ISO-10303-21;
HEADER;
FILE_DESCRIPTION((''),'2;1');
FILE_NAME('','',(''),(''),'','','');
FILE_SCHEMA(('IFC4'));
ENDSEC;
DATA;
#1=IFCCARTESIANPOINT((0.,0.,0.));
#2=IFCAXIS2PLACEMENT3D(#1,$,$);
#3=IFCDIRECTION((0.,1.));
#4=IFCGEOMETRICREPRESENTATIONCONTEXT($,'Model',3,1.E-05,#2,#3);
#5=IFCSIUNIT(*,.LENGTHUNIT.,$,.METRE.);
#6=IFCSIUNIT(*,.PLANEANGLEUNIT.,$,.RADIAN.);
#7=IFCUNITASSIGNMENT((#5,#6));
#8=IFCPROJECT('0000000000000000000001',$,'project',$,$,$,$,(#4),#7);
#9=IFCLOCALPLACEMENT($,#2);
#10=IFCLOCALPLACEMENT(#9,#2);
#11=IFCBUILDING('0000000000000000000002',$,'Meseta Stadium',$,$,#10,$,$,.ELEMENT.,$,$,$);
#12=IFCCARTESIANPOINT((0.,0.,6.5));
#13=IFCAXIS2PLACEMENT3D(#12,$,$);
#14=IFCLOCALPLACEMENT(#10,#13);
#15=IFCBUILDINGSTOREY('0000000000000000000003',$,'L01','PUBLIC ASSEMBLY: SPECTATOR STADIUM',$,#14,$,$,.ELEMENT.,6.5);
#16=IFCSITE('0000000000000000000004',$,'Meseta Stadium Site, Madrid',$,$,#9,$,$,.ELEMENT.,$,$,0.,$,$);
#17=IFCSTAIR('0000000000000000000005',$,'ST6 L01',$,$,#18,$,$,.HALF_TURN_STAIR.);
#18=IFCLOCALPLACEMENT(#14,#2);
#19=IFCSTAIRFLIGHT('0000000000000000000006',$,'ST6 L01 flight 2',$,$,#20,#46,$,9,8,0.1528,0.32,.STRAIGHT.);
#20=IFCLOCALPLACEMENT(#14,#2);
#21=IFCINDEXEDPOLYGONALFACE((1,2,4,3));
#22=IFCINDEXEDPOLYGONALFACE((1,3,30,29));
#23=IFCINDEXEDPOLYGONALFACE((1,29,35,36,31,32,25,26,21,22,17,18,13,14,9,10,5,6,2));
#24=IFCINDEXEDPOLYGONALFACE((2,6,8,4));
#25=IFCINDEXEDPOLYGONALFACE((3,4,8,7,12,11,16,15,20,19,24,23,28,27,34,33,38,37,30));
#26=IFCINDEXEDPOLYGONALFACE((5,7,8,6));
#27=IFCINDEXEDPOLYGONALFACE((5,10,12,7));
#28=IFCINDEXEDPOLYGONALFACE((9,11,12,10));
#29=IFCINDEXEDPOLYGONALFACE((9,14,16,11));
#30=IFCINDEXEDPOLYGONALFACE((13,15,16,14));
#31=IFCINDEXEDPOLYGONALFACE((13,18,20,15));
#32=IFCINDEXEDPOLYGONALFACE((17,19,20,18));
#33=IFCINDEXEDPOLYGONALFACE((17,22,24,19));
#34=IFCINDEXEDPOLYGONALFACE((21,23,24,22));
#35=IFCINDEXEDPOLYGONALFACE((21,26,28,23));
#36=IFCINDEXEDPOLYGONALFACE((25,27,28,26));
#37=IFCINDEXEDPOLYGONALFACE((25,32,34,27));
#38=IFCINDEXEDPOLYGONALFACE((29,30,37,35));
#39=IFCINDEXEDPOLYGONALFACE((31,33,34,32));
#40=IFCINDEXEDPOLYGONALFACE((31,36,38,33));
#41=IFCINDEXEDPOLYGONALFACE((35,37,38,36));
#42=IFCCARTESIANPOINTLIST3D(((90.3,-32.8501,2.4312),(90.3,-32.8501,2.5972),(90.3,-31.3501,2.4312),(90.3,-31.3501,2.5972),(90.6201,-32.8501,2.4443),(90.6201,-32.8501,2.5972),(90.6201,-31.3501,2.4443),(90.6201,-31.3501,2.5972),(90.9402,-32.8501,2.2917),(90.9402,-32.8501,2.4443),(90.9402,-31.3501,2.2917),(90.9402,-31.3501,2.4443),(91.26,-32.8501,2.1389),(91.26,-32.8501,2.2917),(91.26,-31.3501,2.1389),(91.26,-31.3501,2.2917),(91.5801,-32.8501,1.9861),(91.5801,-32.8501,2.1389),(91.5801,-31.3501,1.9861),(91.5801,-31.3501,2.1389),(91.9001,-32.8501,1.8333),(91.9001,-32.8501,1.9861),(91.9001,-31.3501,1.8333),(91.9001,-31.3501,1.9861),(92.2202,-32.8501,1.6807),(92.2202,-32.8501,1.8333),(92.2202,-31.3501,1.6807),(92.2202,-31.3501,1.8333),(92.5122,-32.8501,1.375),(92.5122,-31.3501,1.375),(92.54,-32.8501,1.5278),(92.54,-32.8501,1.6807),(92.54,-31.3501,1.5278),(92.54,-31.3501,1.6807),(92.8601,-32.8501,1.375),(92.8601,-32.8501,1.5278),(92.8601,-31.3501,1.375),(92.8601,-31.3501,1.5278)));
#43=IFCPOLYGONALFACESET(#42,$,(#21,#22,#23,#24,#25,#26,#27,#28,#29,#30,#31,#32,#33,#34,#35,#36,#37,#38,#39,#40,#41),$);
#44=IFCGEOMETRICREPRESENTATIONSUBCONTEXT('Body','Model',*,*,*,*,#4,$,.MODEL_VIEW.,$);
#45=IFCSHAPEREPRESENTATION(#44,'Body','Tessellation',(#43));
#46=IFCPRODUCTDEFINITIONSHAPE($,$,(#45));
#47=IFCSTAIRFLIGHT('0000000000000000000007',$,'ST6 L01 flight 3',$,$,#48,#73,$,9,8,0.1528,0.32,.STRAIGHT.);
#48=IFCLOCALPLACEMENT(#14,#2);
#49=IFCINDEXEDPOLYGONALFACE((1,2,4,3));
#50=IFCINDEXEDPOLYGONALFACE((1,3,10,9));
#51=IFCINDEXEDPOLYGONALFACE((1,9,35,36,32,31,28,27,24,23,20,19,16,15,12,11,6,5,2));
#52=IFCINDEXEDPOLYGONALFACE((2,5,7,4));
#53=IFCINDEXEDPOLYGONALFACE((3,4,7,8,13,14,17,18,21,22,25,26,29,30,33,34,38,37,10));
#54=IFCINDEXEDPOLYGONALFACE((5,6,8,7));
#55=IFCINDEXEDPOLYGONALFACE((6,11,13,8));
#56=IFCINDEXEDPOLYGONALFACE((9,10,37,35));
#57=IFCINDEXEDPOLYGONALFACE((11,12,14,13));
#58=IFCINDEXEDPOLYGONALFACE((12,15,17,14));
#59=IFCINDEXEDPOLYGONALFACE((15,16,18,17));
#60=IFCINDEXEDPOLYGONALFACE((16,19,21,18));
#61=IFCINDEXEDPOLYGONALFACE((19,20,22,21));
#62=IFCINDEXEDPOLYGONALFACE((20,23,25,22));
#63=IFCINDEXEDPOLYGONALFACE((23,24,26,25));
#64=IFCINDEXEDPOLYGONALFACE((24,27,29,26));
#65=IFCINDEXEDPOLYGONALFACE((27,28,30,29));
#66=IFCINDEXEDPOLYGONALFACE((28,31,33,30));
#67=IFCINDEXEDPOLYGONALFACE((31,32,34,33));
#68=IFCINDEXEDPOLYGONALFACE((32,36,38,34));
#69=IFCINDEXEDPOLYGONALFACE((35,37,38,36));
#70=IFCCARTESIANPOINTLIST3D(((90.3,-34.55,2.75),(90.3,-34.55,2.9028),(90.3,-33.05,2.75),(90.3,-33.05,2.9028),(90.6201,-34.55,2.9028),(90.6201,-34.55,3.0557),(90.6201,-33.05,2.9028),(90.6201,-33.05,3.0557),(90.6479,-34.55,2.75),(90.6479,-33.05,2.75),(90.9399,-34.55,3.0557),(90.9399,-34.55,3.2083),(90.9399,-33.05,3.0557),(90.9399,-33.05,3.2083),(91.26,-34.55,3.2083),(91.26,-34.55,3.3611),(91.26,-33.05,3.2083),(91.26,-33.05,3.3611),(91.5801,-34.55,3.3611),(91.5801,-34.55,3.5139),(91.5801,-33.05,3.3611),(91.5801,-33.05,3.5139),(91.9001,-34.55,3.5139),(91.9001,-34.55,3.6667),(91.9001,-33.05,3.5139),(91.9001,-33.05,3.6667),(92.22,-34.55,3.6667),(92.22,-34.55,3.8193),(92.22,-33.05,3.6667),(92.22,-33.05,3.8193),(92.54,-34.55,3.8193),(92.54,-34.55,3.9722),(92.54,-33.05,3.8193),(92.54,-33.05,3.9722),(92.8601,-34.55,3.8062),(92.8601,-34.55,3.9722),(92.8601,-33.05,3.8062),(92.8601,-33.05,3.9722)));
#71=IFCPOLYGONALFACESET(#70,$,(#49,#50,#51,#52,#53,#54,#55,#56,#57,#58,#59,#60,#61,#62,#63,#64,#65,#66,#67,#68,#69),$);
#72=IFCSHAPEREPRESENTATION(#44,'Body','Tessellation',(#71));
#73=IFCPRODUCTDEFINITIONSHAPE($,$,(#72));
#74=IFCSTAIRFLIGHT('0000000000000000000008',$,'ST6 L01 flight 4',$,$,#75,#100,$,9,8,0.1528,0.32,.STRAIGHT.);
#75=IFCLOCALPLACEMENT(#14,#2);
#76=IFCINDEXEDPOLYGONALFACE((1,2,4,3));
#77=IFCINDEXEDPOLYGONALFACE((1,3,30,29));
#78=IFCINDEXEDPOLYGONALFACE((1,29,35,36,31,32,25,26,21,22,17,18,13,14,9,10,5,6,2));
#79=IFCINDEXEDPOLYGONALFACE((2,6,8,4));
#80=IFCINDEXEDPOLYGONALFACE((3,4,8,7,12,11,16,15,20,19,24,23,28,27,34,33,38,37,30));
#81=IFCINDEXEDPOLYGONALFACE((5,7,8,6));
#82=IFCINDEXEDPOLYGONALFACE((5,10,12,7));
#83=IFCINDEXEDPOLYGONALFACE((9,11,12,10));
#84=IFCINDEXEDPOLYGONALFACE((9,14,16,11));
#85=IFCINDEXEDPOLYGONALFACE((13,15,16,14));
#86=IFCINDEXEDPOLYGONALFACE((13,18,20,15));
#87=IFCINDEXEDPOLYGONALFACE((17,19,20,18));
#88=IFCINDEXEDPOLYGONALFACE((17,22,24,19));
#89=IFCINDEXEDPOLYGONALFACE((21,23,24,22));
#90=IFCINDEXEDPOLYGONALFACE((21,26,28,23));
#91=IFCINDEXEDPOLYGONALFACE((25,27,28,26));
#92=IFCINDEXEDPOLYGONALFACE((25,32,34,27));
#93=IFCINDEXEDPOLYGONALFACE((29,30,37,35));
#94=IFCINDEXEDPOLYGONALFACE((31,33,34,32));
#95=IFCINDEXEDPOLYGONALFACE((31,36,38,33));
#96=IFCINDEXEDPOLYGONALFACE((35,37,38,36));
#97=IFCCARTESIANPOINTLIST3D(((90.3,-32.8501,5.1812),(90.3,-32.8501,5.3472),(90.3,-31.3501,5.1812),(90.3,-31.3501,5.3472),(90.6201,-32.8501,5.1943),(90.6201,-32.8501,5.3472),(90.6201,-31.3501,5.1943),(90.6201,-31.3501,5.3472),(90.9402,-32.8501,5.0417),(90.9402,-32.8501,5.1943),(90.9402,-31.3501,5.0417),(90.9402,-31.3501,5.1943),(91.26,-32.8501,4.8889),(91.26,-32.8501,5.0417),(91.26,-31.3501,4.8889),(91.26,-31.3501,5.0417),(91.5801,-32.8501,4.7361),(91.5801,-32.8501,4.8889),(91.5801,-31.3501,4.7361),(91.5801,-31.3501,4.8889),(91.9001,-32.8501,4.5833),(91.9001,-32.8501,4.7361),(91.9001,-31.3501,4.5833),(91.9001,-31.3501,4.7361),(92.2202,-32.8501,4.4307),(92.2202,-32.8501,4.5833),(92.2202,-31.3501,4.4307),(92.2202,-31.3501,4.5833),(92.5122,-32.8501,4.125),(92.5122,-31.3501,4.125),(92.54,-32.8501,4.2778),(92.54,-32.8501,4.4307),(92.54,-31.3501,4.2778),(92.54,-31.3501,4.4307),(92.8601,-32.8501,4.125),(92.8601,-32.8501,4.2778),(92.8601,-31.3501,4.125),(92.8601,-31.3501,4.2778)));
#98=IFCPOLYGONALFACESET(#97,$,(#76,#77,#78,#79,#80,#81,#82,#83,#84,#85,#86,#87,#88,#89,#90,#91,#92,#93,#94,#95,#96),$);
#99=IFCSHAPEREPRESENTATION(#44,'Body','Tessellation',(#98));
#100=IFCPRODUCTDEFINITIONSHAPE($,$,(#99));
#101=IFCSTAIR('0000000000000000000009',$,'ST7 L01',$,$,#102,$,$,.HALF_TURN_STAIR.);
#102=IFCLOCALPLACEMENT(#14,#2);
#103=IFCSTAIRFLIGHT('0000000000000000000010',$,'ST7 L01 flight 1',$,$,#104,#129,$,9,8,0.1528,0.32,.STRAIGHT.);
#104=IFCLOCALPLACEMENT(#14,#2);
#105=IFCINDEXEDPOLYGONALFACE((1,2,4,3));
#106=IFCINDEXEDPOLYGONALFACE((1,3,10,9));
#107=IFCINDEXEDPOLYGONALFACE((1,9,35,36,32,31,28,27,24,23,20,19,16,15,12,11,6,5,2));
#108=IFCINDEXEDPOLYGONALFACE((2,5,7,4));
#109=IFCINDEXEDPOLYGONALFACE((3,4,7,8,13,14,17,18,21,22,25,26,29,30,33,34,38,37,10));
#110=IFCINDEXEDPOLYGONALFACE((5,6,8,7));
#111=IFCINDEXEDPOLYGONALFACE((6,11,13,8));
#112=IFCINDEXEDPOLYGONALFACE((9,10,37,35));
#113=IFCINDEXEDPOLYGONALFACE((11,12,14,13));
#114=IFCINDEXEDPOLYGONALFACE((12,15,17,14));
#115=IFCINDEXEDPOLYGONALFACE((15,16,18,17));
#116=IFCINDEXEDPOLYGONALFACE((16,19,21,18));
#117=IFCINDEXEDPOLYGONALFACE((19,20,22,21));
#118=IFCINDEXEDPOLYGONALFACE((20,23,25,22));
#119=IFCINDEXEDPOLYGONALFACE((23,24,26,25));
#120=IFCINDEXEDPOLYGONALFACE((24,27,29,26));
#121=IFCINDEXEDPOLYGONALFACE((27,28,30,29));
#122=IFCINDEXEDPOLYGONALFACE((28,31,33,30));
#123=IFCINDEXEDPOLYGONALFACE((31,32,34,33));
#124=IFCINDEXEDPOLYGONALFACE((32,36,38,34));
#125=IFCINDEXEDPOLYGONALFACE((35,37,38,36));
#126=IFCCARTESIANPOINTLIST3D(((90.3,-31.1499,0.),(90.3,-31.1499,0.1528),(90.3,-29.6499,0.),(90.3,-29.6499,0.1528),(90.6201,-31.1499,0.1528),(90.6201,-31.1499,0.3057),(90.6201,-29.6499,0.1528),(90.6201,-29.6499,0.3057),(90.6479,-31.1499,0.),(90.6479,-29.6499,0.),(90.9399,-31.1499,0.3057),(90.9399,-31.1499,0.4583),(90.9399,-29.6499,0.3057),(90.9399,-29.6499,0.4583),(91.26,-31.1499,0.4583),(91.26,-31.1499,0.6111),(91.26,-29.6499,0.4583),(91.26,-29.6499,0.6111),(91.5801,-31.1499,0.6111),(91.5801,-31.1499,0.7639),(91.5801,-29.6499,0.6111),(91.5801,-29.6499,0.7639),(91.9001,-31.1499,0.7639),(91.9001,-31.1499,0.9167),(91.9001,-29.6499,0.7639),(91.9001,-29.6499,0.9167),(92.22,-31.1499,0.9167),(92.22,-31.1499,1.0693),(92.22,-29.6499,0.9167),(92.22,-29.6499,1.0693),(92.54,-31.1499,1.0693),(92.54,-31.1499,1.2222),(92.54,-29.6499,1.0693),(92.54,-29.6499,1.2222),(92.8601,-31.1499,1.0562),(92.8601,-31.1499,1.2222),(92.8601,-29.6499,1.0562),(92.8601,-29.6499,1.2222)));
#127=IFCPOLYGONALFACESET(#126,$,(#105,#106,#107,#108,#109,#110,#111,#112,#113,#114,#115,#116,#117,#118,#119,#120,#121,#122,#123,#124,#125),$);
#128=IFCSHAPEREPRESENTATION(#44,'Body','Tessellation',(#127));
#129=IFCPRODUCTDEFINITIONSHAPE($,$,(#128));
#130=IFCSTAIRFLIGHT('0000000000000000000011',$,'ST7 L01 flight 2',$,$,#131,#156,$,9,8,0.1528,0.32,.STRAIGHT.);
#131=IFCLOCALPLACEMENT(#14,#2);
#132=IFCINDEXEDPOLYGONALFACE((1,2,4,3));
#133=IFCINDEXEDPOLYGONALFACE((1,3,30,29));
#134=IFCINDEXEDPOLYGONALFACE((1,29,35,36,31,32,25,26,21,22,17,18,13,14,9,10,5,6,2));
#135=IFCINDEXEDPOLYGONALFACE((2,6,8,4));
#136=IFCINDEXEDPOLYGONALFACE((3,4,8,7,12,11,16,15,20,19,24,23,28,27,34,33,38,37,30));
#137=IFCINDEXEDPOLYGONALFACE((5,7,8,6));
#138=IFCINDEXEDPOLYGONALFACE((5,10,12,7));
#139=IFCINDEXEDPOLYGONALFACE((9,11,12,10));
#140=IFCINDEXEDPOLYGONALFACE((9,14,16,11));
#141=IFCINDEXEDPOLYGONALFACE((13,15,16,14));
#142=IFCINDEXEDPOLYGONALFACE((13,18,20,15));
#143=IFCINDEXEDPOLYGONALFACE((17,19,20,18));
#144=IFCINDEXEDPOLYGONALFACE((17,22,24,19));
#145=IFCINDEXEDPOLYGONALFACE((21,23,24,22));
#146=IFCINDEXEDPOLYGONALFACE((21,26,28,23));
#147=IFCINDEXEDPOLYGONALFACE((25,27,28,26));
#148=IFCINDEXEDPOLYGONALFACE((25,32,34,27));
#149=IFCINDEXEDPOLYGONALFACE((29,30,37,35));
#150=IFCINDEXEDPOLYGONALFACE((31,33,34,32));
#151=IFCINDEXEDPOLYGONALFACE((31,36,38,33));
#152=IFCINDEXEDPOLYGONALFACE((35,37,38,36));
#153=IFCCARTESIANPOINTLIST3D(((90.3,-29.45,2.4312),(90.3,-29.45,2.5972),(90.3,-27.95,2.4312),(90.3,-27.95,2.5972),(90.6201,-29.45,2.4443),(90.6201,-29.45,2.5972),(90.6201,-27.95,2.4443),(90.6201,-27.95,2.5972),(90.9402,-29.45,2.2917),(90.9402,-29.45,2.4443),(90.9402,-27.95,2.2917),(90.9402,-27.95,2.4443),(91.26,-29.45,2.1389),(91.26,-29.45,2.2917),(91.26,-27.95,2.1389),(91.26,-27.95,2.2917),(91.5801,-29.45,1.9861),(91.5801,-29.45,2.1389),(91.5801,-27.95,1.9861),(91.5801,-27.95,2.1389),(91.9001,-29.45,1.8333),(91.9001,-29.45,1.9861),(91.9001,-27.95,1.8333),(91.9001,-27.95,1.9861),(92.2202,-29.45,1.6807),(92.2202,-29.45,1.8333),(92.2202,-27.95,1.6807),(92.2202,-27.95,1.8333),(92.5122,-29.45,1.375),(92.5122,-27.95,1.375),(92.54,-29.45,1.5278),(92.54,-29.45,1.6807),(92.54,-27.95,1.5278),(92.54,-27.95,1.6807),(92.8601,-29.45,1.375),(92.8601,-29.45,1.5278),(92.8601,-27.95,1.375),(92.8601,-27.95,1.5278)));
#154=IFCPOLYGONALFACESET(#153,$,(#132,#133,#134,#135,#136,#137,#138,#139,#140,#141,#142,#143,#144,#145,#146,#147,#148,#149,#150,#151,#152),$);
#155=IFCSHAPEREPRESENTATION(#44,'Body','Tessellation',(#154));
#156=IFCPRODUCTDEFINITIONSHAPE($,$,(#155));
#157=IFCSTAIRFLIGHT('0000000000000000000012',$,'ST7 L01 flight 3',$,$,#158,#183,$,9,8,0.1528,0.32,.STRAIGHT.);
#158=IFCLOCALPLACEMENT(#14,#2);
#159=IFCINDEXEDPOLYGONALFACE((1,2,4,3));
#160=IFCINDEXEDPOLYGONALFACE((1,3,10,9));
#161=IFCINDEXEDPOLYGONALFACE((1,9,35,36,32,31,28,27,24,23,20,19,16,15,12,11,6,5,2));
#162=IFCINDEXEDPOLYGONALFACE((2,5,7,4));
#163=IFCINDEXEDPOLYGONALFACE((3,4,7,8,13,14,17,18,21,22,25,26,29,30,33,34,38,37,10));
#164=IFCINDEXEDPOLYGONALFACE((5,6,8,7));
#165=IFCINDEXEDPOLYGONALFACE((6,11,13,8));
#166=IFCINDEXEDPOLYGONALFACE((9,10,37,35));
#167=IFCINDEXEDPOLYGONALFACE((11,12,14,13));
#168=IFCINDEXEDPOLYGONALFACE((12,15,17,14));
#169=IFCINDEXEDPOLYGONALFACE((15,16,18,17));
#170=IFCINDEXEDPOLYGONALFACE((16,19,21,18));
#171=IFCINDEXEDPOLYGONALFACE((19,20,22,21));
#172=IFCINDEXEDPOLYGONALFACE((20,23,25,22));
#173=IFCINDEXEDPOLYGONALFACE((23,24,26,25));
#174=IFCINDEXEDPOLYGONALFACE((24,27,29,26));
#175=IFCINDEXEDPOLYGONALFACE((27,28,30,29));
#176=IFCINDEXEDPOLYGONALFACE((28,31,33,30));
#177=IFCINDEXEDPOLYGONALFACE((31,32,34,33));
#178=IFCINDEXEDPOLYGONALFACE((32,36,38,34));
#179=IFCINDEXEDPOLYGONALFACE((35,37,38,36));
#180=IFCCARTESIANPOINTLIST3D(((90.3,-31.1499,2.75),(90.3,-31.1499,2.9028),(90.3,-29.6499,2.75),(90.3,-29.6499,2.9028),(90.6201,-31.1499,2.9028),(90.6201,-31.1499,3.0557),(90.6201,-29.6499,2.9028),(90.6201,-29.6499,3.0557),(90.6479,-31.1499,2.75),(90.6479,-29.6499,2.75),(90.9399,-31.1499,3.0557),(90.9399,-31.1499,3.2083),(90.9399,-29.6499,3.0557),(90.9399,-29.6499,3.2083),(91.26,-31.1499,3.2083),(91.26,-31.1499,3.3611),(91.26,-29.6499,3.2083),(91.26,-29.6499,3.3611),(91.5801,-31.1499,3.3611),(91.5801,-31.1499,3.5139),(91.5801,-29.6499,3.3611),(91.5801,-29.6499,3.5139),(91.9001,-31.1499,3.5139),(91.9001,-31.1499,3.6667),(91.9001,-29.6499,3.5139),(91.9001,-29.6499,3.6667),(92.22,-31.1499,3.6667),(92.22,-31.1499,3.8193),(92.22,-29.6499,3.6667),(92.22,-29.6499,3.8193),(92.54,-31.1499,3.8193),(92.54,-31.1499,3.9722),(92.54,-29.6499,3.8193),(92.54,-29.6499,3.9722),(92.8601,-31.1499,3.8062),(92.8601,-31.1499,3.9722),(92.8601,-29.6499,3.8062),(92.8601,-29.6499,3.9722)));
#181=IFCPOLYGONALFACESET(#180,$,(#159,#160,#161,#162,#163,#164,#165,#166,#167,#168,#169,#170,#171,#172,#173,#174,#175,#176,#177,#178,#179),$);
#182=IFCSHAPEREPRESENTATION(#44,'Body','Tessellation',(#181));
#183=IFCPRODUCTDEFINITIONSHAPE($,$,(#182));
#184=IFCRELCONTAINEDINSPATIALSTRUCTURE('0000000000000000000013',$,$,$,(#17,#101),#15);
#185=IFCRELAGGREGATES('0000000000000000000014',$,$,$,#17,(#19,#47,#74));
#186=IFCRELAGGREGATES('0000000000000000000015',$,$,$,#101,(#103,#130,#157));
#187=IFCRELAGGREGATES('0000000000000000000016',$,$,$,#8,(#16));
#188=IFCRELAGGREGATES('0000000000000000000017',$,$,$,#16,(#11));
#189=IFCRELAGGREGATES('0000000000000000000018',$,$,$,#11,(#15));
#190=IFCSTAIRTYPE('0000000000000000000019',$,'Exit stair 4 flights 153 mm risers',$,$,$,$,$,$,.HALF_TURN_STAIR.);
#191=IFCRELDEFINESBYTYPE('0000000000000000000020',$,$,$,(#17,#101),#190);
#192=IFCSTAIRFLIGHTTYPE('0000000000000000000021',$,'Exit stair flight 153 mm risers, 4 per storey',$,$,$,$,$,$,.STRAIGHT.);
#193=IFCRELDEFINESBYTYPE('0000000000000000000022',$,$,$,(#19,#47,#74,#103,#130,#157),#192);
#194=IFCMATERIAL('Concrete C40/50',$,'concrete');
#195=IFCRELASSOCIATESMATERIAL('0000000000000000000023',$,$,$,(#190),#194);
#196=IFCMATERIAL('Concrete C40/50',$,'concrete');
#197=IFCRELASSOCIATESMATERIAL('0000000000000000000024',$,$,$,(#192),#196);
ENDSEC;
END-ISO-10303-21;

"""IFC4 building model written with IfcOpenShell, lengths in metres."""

from ifc_helpers import new_model, si_unit, direction, frame, origin, place, context, subcontext, project, spatial, polyline, outline, extrude, material, type_object, element, aggregate, save


model = new_model("IFC4")

# Units and contexts
model_context = context("Model", 3, precision=1e-05, world=origin(), true_north=direction((0.0, 1.0)))
body_context = subcontext(model_context, "Body", "Model", "MODEL_VIEW")
ifc_project = project(units=[si_unit("LENGTHUNIT", "METRE"), si_unit("PLANEANGLEUNIT", "RADIAN")], contexts=[model_context])

# Site, building, storey
site_placement = place(None, origin())
site = spatial("IfcSite", under=ifc_project, at=site_placement, Name="Meseta Stadium Site, Madrid", CompositionType="ELEMENT", RefElevation=0.0)
building_placement = place(site_placement, origin())
building = spatial("IfcBuilding", under=site, at=building_placement, Name="Meseta Stadium", CompositionType="ELEMENT")
storey_placement = place(building_placement, frame((0.0, 0.0, 6.5)))
storey = spatial("IfcBuildingStorey", under=building, at=storey_placement, Name="L01", Description="PUBLIC ASSEMBLY: SPECTATOR STADIUM", CompositionType="ELEMENT", Elevation=6.5)

# Stairs, stair flights
ifc_material_1 = material(Name="Concrete C40/50", Category="concrete")
stair_type = type_object("IfcStairType", Name="Exit stair 4 flights 153 mm risers", PredefinedType="HALF_TURN_STAIR", material=ifc_material_1)
stair_1_placement = place(storey_placement, origin())
stair_1 = element("IfcStair", 1, at=stair_1_placement, inside=storey, type_object=stair_type, Name="ST6 L01", PredefinedType="HALF_TURN_STAIR")
ifc_material_2 = material(Name="Concrete C40/50", Category="concrete")
stair_flight_type = type_object("IfcStairFlightType", Name="Exit stair flight 153 mm risers, 4 per storey", PredefinedType="STRAIGHT", material=ifc_material_2)
stair_flight_1_placement = place(storey_placement, frame((92.8601, -32.1001, 1.375), z_axis=(0.0, 0.0, 1.0), x_axis=(-1.0, 0.0, 0.0)))
stair_flight_1 = element("IfcStairFlight", 2, at=stair_flight_1_placement, type_object=stair_flight_type, Name="ST6 L01 flight 2", NumberOfRisers=9, NumberOfTreads=8, PredefinedType="STRAIGHT", RiserHeight=0.1528, TreadLength=0.32, context=body_context, shape_type="SweptSolid", body=[
    extrude(outline(polyline([(0.0, 0.0), (0.0, 0.1528), (0.3201, 0.1528), (0.3201, 0.3057), (0.6399, 0.3057), (0.6399, 0.4583), (0.96, 0.4583), (0.96, 0.6111), (1.28, 0.6111), (1.28, 0.7639), (1.6001, 0.7639), (1.6001, 0.9167), (1.9199, 0.9167), (1.9199, 1.0693), (2.24, 1.0693), (2.24, 1.2222), (2.5601, 1.2222), (2.5601, 1.0562), (0.3479, 0.0), (0.0, 0.0)])), frame((0.0, 0.75, 0.0), z_axis=(0.0, -1.0, 0.0), x_axis=(1.0, 0.0, 0.0)), (0.0, 0.0, 1.0), 1.5),
])
stair_flight_2_placement = place(storey_placement, frame((90.3, -33.8, 2.75), z_axis=(0.0, 0.0, 1.0), x_axis=(1.0, 0.0, 0.0)))
stair_flight_2 = element("IfcStairFlight", 3, at=stair_flight_2_placement, type_object=stair_flight_type, Name="ST6 L01 flight 3", NumberOfRisers=9, NumberOfTreads=8, PredefinedType="STRAIGHT", RiserHeight=0.1528, TreadLength=0.32, context=body_context, shape_type="SweptSolid", body=[
    extrude(outline(polyline([(0.0, 0.0), (0.0, 0.1528), (0.3201, 0.1528), (0.3201, 0.3057), (0.6399, 0.3057), (0.6399, 0.4583), (0.96, 0.4583), (0.96, 0.6111), (1.28, 0.6111), (1.28, 0.7639), (1.6001, 0.7639), (1.6001, 0.9167), (1.9199, 0.9167), (1.9199, 1.0693), (2.24, 1.0693), (2.24, 1.2222), (2.5601, 1.2222), (2.5601, 1.0562), (0.3479, 0.0), (0.0, 0.0)])), frame((0.0, 0.75, 0.0), z_axis=(0.0, -1.0, 0.0), x_axis=(1.0, 0.0, 0.0)), (0.0, 0.0, 1.0), 1.5),
])
stair_flight_3_placement = place(storey_placement, frame((92.8601, -32.1001, 4.125), z_axis=(0.0, 0.0, 1.0), x_axis=(-1.0, 0.0, 0.0)))
stair_flight_3 = element("IfcStairFlight", 4, at=stair_flight_3_placement, type_object=stair_flight_type, Name="ST6 L01 flight 4", NumberOfRisers=9, NumberOfTreads=8, PredefinedType="STRAIGHT", RiserHeight=0.1528, TreadLength=0.32, context=body_context, shape_type="SweptSolid", body=[
    extrude(outline(polyline([(0.0, 0.0), (0.0, 0.1528), (0.3201, 0.1528), (0.3201, 0.3057), (0.6399, 0.3057), (0.6399, 0.4583), (0.96, 0.4583), (0.96, 0.6111), (1.28, 0.6111), (1.28, 0.7639), (1.6001, 0.7639), (1.6001, 0.9167), (1.9199, 0.9167), (1.9199, 1.0693), (2.24, 1.0693), (2.24, 1.2222), (2.5601, 1.2222), (2.5601, 1.0562), (0.3479, 0.0), (0.0, 0.0)])), frame((0.0, 0.75, 0.0), z_axis=(0.0, -1.0, 0.0), x_axis=(1.0, 0.0, 0.0)), (0.0, 0.0, 1.0), 1.5),
])
aggregate(stair_1, [stair_flight_1, stair_flight_2, stair_flight_3])
stair_2_placement = place(storey_placement, origin())
stair_2 = element("IfcStair", 5, at=stair_2_placement, inside=storey, type_object=stair_type, Name="ST7 L01", PredefinedType="HALF_TURN_STAIR")
stair_flight_4_placement = place(storey_placement, frame((90.3, -30.3999, 0.0), z_axis=(0.0, 0.0, 1.0), x_axis=(1.0, 0.0, 0.0)))
stair_flight_4 = element("IfcStairFlight", 6, at=stair_flight_4_placement, type_object=stair_flight_type, Name="ST7 L01 flight 1", NumberOfRisers=9, NumberOfTreads=8, PredefinedType="STRAIGHT", RiserHeight=0.1528, TreadLength=0.32, context=body_context, shape_type="SweptSolid", body=[
    extrude(outline(polyline([(0.0, 0.0), (0.0, 0.1528), (0.3201, 0.1528), (0.3201, 0.3057), (0.6399, 0.3057), (0.6399, 0.4583), (0.96, 0.4583), (0.96, 0.6111), (1.28, 0.6111), (1.28, 0.7639), (1.6001, 0.7639), (1.6001, 0.9167), (1.9199, 0.9167), (1.9199, 1.0693), (2.24, 1.0693), (2.24, 1.2222), (2.5601, 1.2222), (2.5601, 1.0562), (0.3479, 0.0), (0.0, 0.0)])), frame((0.0, 0.75, 0.0), z_axis=(0.0, -1.0, 0.0), x_axis=(1.0, 0.0, 0.0)), (0.0, 0.0, 1.0), 1.5),
])
stair_flight_5_placement = place(storey_placement, frame((92.8601, -28.7, 1.375), z_axis=(0.0, 0.0, 1.0), x_axis=(-1.0, 0.0, 0.0)))
stair_flight_5 = element("IfcStairFlight", 7, at=stair_flight_5_placement, type_object=stair_flight_type, Name="ST7 L01 flight 2", NumberOfRisers=9, NumberOfTreads=8, PredefinedType="STRAIGHT", RiserHeight=0.1528, TreadLength=0.32, context=body_context, shape_type="SweptSolid", body=[
    extrude(outline(polyline([(0.0, 0.0), (0.0, 0.1528), (0.3201, 0.1528), (0.3201, 0.3057), (0.6399, 0.3057), (0.6399, 0.4583), (0.96, 0.4583), (0.96, 0.6111), (1.28, 0.6111), (1.28, 0.7639), (1.6001, 0.7639), (1.6001, 0.9167), (1.9199, 0.9167), (1.9199, 1.0693), (2.24, 1.0693), (2.24, 1.2222), (2.5601, 1.2222), (2.5601, 1.0562), (0.3479, 0.0), (0.0, 0.0)])), frame((0.0, 0.75, 0.0), z_axis=(0.0, -1.0, 0.0), x_axis=(1.0, 0.0, 0.0)), (0.0, 0.0, 1.0), 1.5),
])
stair_flight_6_placement = place(storey_placement, frame((90.3, -30.3999, 2.75), z_axis=(0.0, 0.0, 1.0), x_axis=(1.0, 0.0, 0.0)))
stair_flight_6 = element("IfcStairFlight", 8, at=stair_flight_6_placement, type_object=stair_flight_type, Name="ST7 L01 flight 3", NumberOfRisers=9, NumberOfTreads=8, PredefinedType="STRAIGHT", RiserHeight=0.1528, TreadLength=0.32, context=body_context, shape_type="SweptSolid", body=[
    extrude(outline(polyline([(0.0, 0.0), (0.0, 0.1528), (0.3201, 0.1528), (0.3201, 0.3057), (0.6399, 0.3057), (0.6399, 0.4583), (0.96, 0.4583), (0.96, 0.6111), (1.28, 0.6111), (1.28, 0.7639), (1.6001, 0.7639), (1.6001, 0.9167), (1.9199, 0.9167), (1.9199, 1.0693), (2.24, 1.0693), (2.24, 1.2222), (2.5601, 1.2222), (2.5601, 1.0562), (0.3479, 0.0), (0.0, 0.0)])), frame((0.0, 0.75, 0.0), z_axis=(0.0, -1.0, 0.0), x_axis=(1.0, 0.0, 0.0)), (0.0, 0.0, 1.0), 1.5),
])
aggregate(stair_2, [stair_flight_4, stair_flight_5, stair_flight_6])

save(model, "model.ifc")
